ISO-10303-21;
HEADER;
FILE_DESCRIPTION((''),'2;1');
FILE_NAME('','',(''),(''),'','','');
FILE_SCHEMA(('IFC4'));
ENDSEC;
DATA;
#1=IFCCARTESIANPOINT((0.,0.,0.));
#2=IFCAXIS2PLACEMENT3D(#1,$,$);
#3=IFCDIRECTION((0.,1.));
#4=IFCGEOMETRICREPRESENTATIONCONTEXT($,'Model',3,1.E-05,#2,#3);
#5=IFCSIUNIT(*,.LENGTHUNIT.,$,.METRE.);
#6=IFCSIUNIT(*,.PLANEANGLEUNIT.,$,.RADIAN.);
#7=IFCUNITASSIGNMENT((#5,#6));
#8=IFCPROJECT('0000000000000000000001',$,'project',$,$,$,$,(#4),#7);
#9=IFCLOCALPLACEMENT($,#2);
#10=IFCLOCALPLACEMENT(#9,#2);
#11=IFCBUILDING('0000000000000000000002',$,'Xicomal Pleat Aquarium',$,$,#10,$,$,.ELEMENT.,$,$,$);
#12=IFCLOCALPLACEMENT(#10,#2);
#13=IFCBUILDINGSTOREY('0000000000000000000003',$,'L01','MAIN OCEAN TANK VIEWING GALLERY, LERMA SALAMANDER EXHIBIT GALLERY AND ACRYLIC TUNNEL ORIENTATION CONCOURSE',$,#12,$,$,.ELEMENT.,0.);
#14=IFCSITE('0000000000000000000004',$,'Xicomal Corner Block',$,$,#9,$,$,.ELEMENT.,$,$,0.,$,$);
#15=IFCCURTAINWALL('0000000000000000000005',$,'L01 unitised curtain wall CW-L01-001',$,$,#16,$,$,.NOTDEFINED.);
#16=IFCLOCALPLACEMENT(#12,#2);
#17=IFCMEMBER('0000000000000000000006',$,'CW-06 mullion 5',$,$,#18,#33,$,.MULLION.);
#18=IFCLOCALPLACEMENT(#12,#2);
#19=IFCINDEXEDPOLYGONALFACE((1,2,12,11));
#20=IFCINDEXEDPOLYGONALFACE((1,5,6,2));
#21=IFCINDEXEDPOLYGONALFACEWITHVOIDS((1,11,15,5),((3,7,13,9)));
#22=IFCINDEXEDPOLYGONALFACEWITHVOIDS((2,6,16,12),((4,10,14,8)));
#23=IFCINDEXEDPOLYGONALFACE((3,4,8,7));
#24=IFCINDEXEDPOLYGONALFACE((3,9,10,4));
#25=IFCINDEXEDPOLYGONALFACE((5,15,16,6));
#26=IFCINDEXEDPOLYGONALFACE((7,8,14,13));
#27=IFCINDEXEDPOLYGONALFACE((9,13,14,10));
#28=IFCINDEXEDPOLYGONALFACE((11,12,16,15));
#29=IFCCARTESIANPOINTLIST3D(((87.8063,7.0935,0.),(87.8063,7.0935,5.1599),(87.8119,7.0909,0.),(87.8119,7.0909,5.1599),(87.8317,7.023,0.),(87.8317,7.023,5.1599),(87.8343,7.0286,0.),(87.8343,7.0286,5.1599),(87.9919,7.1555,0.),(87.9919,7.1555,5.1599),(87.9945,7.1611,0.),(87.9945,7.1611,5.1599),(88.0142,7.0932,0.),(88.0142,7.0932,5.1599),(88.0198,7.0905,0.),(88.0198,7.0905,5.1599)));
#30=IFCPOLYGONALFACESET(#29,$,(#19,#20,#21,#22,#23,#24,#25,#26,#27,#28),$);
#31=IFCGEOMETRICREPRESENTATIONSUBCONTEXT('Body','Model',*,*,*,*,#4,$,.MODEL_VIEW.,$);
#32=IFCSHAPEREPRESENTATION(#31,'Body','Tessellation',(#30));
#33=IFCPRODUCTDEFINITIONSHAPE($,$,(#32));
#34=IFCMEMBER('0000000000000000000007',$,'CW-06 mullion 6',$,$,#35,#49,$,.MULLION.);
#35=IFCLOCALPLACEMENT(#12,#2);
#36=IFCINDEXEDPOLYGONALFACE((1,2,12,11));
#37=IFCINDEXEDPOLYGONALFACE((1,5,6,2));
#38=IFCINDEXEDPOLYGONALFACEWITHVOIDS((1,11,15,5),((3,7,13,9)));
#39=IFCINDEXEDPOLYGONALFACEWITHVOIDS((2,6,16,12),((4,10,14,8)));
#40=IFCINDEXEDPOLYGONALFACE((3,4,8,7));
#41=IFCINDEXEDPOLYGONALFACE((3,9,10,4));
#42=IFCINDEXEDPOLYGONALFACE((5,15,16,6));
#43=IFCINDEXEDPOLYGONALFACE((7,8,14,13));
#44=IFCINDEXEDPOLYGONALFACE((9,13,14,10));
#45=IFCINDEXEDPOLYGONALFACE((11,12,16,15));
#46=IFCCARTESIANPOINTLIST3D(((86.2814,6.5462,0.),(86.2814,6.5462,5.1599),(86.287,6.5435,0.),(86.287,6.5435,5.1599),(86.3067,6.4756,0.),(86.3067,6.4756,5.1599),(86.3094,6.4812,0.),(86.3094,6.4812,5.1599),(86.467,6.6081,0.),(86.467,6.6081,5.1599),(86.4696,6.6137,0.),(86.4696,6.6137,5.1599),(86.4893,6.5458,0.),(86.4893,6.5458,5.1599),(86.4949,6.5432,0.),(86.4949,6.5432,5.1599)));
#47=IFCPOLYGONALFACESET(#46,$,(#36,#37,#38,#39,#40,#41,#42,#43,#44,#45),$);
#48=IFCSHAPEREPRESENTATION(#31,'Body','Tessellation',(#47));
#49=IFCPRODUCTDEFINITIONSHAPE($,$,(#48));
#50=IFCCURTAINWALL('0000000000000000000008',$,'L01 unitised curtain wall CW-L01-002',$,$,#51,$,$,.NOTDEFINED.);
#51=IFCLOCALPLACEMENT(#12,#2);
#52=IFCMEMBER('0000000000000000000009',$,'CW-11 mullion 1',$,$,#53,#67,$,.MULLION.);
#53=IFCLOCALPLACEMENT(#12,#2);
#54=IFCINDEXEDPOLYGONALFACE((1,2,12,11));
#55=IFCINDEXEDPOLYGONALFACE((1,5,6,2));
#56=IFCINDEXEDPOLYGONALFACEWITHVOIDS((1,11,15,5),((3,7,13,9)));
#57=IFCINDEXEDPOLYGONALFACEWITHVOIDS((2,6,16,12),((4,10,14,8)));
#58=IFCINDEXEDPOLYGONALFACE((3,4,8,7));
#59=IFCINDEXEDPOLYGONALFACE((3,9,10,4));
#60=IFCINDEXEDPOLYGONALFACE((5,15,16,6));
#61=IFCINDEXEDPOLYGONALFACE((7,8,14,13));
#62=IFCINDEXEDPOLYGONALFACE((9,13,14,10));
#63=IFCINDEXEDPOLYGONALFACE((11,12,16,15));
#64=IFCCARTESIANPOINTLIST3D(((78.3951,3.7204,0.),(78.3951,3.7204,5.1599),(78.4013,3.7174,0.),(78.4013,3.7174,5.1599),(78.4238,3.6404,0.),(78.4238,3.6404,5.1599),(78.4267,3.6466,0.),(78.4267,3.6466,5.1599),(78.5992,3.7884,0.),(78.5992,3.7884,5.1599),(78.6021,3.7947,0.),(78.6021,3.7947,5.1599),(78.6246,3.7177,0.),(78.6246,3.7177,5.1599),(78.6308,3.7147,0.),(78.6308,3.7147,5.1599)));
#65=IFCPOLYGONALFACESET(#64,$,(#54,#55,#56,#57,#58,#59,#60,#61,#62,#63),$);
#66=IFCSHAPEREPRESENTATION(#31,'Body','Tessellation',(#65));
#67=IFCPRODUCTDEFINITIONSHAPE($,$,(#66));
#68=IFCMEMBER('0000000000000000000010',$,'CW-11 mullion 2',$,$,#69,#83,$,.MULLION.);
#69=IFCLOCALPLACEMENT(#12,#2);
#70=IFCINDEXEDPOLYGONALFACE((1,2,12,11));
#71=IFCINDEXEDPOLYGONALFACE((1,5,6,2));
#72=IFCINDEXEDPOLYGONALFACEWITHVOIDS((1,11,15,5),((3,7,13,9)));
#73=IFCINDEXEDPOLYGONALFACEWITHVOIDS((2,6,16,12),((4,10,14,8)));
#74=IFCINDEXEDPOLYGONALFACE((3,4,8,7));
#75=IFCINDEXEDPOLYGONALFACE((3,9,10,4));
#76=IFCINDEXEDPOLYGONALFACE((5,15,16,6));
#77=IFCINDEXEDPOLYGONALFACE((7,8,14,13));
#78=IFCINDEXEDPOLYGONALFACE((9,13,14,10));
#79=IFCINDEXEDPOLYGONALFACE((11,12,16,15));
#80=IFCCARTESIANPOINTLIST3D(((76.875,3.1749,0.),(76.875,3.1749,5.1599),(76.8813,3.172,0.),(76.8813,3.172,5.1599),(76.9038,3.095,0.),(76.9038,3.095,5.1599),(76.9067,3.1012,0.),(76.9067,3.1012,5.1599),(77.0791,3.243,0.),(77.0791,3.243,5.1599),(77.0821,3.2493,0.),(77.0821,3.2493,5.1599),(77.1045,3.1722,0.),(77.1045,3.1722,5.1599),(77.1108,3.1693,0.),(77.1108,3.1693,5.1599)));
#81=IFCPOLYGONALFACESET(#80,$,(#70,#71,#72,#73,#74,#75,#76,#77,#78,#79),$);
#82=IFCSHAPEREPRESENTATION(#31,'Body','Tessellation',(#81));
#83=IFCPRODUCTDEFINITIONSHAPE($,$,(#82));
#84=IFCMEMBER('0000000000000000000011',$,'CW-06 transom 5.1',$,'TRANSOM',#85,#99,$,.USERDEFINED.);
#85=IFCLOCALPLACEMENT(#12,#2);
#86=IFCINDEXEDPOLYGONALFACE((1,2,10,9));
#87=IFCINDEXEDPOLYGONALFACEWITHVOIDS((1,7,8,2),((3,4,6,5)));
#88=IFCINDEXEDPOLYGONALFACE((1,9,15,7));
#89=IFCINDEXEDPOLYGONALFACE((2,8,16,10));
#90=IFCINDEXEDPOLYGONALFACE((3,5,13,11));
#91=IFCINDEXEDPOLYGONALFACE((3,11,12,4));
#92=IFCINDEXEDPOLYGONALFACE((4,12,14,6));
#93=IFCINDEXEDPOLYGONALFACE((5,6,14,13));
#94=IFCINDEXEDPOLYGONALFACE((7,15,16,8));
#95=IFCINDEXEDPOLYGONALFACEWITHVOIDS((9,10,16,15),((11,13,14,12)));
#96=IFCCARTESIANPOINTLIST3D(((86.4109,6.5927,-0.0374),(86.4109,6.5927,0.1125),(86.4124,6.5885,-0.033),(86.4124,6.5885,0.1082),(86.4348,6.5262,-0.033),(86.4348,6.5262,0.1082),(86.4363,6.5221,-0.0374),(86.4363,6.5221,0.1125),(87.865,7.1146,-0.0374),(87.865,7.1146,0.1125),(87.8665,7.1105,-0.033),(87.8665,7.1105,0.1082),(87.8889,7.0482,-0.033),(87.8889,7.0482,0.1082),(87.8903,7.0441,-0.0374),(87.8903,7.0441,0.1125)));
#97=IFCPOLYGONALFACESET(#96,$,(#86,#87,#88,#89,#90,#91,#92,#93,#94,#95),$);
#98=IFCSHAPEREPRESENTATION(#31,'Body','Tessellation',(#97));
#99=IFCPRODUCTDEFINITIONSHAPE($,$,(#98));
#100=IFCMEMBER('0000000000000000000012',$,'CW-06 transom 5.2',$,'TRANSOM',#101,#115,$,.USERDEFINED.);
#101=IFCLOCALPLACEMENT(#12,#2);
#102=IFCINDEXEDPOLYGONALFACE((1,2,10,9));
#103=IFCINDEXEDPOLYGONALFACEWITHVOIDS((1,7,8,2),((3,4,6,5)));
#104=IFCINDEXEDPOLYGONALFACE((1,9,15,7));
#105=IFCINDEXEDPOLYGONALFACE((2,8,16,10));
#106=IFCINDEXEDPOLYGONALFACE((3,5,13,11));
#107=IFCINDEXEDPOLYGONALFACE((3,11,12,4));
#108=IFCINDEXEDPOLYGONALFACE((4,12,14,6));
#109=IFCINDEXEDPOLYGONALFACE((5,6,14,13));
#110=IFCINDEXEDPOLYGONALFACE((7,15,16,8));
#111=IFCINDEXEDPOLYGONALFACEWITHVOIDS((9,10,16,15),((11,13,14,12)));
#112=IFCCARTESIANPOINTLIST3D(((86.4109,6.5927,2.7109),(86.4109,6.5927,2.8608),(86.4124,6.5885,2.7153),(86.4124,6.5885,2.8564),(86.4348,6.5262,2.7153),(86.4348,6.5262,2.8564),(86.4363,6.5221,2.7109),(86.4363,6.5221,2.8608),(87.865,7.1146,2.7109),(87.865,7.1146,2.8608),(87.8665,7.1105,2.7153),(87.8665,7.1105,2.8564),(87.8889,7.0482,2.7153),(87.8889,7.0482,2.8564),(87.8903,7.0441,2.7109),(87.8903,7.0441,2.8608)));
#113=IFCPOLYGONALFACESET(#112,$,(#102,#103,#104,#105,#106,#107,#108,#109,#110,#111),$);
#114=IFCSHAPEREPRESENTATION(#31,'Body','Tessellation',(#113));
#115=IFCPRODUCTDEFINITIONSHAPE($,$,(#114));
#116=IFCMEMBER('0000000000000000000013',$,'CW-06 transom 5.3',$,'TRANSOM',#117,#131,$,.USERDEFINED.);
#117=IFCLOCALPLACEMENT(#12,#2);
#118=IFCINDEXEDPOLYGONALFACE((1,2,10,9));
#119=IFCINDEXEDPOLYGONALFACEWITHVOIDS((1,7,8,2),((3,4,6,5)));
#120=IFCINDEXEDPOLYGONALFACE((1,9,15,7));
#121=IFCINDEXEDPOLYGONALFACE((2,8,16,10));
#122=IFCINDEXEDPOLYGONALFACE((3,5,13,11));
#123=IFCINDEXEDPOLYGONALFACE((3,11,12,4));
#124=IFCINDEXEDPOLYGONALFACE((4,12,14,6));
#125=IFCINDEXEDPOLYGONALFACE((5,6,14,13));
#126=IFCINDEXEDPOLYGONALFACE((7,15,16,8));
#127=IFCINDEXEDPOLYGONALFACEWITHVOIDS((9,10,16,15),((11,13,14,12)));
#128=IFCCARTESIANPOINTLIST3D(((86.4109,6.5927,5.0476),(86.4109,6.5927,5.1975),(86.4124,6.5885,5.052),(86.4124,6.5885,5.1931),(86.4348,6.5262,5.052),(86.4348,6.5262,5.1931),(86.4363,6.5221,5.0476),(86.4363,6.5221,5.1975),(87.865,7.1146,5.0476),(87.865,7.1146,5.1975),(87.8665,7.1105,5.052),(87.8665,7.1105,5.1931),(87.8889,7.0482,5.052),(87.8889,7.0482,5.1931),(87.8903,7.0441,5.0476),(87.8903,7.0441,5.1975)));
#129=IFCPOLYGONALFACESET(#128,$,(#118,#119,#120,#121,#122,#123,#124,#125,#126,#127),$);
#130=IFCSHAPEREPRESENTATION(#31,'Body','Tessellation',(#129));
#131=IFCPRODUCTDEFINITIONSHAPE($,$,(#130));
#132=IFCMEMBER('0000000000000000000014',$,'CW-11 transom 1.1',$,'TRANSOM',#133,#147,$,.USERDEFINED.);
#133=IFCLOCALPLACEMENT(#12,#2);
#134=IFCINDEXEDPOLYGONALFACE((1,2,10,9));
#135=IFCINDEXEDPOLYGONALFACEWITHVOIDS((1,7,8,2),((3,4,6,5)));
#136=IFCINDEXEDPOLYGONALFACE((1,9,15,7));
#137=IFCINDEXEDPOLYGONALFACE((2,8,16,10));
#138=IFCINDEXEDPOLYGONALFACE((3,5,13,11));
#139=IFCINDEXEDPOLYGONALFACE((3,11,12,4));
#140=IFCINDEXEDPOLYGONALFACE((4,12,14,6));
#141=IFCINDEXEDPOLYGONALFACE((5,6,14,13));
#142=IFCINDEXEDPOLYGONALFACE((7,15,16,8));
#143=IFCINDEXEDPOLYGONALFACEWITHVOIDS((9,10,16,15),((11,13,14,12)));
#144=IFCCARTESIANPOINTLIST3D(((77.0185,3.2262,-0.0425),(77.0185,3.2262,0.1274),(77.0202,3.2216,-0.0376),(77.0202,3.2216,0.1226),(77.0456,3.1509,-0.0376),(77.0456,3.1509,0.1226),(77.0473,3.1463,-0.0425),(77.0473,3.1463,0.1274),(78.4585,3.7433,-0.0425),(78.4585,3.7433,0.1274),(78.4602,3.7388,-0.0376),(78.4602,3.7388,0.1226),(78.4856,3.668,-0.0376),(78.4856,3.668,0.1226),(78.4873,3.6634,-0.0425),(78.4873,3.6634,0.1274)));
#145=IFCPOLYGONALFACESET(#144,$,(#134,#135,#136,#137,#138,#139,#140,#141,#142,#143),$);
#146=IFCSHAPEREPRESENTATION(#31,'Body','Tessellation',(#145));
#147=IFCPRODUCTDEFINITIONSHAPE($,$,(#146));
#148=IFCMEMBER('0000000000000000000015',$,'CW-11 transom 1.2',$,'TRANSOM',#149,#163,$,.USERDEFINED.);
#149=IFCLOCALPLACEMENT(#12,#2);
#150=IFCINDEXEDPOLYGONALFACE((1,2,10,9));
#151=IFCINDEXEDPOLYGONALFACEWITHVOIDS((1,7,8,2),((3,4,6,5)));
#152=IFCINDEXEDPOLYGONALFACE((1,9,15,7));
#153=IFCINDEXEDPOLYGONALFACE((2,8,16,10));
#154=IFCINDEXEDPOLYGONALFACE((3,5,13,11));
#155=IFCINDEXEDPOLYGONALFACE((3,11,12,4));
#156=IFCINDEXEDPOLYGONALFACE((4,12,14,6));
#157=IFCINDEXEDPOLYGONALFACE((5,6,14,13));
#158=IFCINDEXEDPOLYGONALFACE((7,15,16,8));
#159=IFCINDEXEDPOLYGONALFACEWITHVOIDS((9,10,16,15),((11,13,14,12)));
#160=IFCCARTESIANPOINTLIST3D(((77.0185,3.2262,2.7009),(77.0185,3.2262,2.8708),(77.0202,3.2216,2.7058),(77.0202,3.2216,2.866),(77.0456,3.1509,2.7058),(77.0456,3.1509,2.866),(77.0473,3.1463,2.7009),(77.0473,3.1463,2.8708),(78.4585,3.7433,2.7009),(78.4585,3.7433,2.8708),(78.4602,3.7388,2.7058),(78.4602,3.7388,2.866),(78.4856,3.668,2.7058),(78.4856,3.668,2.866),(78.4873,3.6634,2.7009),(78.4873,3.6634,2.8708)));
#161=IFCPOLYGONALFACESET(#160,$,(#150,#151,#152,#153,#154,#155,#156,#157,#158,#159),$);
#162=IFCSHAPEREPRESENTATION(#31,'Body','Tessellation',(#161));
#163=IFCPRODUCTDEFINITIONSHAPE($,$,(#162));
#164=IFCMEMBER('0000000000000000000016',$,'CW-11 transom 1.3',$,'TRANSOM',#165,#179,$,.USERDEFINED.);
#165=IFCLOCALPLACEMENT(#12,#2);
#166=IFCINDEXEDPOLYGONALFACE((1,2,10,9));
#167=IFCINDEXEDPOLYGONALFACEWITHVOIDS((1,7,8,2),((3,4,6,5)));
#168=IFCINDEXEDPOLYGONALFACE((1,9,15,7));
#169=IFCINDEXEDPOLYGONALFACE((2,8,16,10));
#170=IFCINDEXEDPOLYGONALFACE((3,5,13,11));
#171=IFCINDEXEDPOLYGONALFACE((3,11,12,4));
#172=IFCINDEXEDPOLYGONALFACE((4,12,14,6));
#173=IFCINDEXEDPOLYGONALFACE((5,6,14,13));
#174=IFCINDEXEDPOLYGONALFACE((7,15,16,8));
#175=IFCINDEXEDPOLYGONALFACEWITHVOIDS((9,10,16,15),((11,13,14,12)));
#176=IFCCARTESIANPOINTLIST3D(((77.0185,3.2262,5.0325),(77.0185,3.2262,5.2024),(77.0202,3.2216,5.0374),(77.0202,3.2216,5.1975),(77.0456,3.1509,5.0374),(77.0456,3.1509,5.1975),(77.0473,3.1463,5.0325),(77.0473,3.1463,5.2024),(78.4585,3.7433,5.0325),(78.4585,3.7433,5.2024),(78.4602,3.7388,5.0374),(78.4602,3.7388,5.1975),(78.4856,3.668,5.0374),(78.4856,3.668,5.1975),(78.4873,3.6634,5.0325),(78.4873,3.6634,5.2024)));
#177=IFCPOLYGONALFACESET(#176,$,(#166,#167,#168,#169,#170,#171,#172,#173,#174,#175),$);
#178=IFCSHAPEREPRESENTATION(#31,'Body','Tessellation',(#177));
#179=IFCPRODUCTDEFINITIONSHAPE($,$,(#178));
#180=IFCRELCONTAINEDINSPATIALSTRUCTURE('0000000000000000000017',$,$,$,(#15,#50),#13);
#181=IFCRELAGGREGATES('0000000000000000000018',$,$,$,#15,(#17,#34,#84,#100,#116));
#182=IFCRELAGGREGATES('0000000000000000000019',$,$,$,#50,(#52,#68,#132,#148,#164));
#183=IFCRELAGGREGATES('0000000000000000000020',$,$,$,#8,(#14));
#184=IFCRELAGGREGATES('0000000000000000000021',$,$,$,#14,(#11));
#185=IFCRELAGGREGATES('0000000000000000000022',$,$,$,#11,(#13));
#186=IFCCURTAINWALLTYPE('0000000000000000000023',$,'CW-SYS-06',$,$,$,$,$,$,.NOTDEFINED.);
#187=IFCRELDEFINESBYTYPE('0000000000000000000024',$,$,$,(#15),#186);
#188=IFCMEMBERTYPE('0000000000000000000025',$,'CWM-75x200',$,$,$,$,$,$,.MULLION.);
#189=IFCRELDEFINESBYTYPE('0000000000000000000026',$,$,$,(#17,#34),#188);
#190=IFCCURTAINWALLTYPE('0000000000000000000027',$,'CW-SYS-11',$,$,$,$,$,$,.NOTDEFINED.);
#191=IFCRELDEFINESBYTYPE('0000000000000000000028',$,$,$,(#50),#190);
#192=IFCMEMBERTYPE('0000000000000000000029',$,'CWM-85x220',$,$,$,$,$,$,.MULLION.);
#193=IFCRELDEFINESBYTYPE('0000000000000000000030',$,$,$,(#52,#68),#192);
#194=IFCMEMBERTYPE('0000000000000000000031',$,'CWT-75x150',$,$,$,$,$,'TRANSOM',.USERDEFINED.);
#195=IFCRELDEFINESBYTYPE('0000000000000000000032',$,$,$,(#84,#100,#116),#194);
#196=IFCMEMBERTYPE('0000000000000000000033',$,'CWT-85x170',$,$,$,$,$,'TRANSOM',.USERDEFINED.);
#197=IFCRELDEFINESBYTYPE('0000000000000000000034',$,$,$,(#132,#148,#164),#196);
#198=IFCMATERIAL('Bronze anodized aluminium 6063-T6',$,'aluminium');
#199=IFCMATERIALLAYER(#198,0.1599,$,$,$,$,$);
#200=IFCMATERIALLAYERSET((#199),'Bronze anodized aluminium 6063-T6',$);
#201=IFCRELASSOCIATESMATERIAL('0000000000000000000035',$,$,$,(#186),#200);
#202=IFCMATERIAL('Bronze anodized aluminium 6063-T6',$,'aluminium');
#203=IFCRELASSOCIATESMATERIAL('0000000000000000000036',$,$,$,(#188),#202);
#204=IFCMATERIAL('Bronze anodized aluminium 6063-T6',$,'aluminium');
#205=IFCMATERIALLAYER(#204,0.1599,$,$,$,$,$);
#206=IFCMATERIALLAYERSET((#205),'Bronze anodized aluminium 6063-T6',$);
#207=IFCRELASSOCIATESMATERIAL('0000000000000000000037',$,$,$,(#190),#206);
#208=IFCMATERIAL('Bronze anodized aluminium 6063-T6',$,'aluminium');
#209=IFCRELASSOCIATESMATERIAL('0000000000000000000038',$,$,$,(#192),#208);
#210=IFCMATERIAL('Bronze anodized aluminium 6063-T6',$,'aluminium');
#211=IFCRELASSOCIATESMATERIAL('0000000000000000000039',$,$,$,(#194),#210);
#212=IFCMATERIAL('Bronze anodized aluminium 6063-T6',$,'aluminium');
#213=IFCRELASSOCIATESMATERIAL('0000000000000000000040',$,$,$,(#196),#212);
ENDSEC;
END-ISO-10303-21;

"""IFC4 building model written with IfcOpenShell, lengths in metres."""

from ifc_helpers import new_model, si_unit, direction, frame, origin, origin_2d, place, context, subcontext, project, spatial, hollow_rectangle, extrude, material, layer, layer_set, material_profile, profile_set, type_object, element, aggregate, save


model = new_model("IFC4")

# Units and contexts
model_context = context("Model", 3, precision=1e-05, world=origin(), true_north=direction((0.0, 1.0)))
body_context = subcontext(model_context, "Body", "Model", "MODEL_VIEW")
ifc_project = project(units=[si_unit("LENGTHUNIT", "METRE"), si_unit("PLANEANGLEUNIT", "RADIAN")], contexts=[model_context])

# Site, building, storey
site_placement = place(None, origin())
site = spatial("IfcSite", under=ifc_project, at=site_placement, Name="Xicomal Corner Block", CompositionType="ELEMENT", RefElevation=0.0)
building_placement = place(site_placement, origin())
building = spatial("IfcBuilding", under=site, at=building_placement, Name="Xicomal Pleat Aquarium", CompositionType="ELEMENT")
storey_placement = place(building_placement, origin())
storey = spatial("IfcBuildingStorey", under=building, at=storey_placement, Name="L01", Description="MAIN OCEAN TANK VIEWING GALLERY, LERMA SALAMANDER EXHIBIT GALLERY AND ACRYLIC TUNNEL ORIENTATION CONCOURSE", CompositionType="ELEMENT", Elevation=0.0)

# Curtain walls, members
ifc_material_1 = material(Name="Bronze anodized aluminium 6063-T6", Category="aluminium")
ifc_layer_1 = layer(ifc_material_1, 0.1599)
ifc_layer_set_1 = layer_set([ifc_layer_1], Name="Bronze anodized aluminium 6063-T6")
curtain_wall_type_1 = type_object("IfcCurtainWallType", Name="CW-SYS-06", PredefinedType="NOTDEFINED", material=ifc_layer_set_1)
curtain_wall_1_placement = place(storey_placement, origin())
curtain_wall_1 = element("IfcCurtainWall", 1, at=curtain_wall_1_placement, inside=storey, type_object=curtain_wall_type_1, Name="L01 unitised curtain wall CW-L01-001", PredefinedType="NOTDEFINED")
ifc_material_2 = material(Name="Bronze anodized aluminium 6063-T6", Category="aluminium")
ifc_material_profile_1 = material_profile(ifc_material_2, hollow_rectangle(XDim=0.075, YDim=0.2, WallThickness=0.0044, at=origin_2d()), Name="ALU MULL 75x200")
ifc_profile_set_1 = profile_set([ifc_material_profile_1], Name="Bronze anodized aluminium 6063-T6")
member_type_1 = type_object("IfcMemberType", Name="CWM-75x200", PredefinedType="MULLION", material=ifc_profile_set_1)
member_1_placement = place(storey_placement, frame((87.9131, 7.092, 0.0), z_axis=(0.0, 0.0, 1.0), x_axis=(0.337865, -0.941195, 0.0)))
member_1 = element("IfcMember", 2, at=member_1_placement, type_object=member_type_1, Name="CW-06 mullion 5", PredefinedType="MULLION", context=body_context, shape_type="SweptSolid", body=[
    extrude(hollow_rectangle(XDim=0.075, YDim=0.2, WallThickness=0.0044, at=origin_2d()), origin(), (0.0, 0.0, 1.0), 5.1599),
])
member_2_placement = place(storey_placement, frame((86.3882, 6.5447, 0.0), z_axis=(0.0, 0.0, 1.0), x_axis=(0.337865, -0.941195, 0.0)))
member_2 = element("IfcMember", 3, at=member_2_placement, type_object=member_type_1, Name="CW-06 mullion 6", PredefinedType="MULLION", context=body_context, shape_type="SweptSolid", body=[
    extrude(hollow_rectangle(XDim=0.075, YDim=0.2, WallThickness=0.0044, at=origin_2d()), origin(), (0.0, 0.0, 1.0), 5.1599),
])
ifc_material_3 = material(Name="Bronze anodized aluminium 6063-T6", Category="aluminium")
ifc_layer_2 = layer(ifc_material_3, 0.1599)
ifc_layer_set_2 = layer_set([ifc_layer_2], Name="Bronze anodized aluminium 6063-T6")
curtain_wall_type_2 = type_object("IfcCurtainWallType", Name="CW-SYS-11", PredefinedType="NOTDEFINED", material=ifc_layer_set_2)
curtain_wall_2_placement = place(storey_placement, origin())
curtain_wall_2 = element("IfcCurtainWall", 4, at=curtain_wall_2_placement, inside=storey, type_object=curtain_wall_type_2, Name="L01 unitised curtain wall CW-L01-002", PredefinedType="NOTDEFINED")
ifc_material_4 = material(Name="Bronze anodized aluminium 6063-T6", Category="aluminium")
ifc_material_profile_2 = material_profile(ifc_material_4, hollow_rectangle(XDim=0.085, YDim=0.22, WallThickness=0.0049, at=origin_2d()), Name="ALU MULL 85x220")
ifc_profile_set_2 = profile_set([ifc_material_profile_2], Name="Bronze anodized aluminium 6063-T6")
member_type_2 = type_object("IfcMemberType", Name="CWM-85x220", PredefinedType="MULLION", material=ifc_profile_set_2)
member_3_placement = place(storey_placement, frame((78.5129, 3.7175, 0.0), z_axis=(0.0, 0.0, 1.0), x_axis=(0.337865, -0.941195, 0.0)))
member_3 = element("IfcMember", 5, at=member_3_placement, type_object=member_type_2, Name="CW-11 mullion 1", PredefinedType="MULLION", context=body_context, shape_type="SweptSolid", body=[
    extrude(hollow_rectangle(XDim=0.085, YDim=0.22, WallThickness=0.0049, at=origin_2d()), origin(), (0.0, 0.0, 1.0), 5.1599),
])
member_4_placement = place(storey_placement, frame((76.9929, 3.1721, 0.0), z_axis=(0.0, 0.0, 1.0), x_axis=(0.337865, -0.941195, 0.0)))
member_4 = element("IfcMember", 6, at=member_4_placement, type_object=member_type_2, Name="CW-11 mullion 2", PredefinedType="MULLION", context=body_context, shape_type="SweptSolid", body=[
    extrude(hollow_rectangle(XDim=0.085, YDim=0.22, WallThickness=0.0049, at=origin_2d()), origin(), (0.0, 0.0, 1.0), 5.1599),
])

# Members
ifc_material_5 = material(Name="Bronze anodized aluminium 6063-T6", Category="aluminium")
ifc_material_profile_3 = material_profile(ifc_material_5, hollow_rectangle(XDim=0.075, YDim=0.1499, WallThickness=0.0044, at=origin_2d()), Name="ALU TRAN 75x150")
ifc_profile_set_3 = profile_set([ifc_material_profile_3], Name="Bronze anodized aluminium 6063-T6")
member_type_3 = type_object("IfcMemberType", Name="CWT-75x150", ElementType="TRANSOM", PredefinedType="USERDEFINED", material=ifc_profile_set_3)
member_5_placement = place(storey_placement, frame((87.8777, 7.0793, 0.0376), z_axis=(-0.941197, -0.337858, 0.0), x_axis=(0.337858, -0.941197, 0.0)))
member_5 = element("IfcMember", 7, at=member_5_placement, type_object=member_type_3, Name="CW-06 transom 5.1", ObjectType="TRANSOM", PredefinedType="USERDEFINED", context=body_context, shape_type="SweptSolid", body=[
    extrude(hollow_rectangle(XDim=0.075, YDim=0.1499, WallThickness=0.0044, at=origin_2d()), origin(), (0.0, 0.0, 1.0), 1.5449),
])
member_6_placement = place(storey_placement, frame((87.8777, 7.0793, 2.7859), z_axis=(-0.941197, -0.337858, 0.0), x_axis=(0.337858, -0.941197, 0.0)))
member_6 = element("IfcMember", 8, at=member_6_placement, type_object=member_type_3, Name="CW-06 transom 5.2", ObjectType="TRANSOM", PredefinedType="USERDEFINED", context=body_context, shape_type="SweptSolid", body=[
    extrude(hollow_rectangle(XDim=0.075, YDim=0.1499, WallThickness=0.0044, at=origin_2d()), origin(), (0.0, 0.0, 1.0), 1.5449),
])
member_7_placement = place(storey_placement, frame((87.8777, 7.0793, 5.1226), z_axis=(-0.941197, -0.337858, 0.0), x_axis=(0.337858, -0.941197, 0.0)))
member_7 = element("IfcMember", 9, at=member_7_placement, type_object=member_type_3, Name="CW-06 transom 5.3", ObjectType="TRANSOM", PredefinedType="USERDEFINED", context=body_context, shape_type="SweptSolid", body=[
    extrude(hollow_rectangle(XDim=0.075, YDim=0.1499, WallThickness=0.0044, at=origin_2d()), origin(), (0.0, 0.0, 1.0), 1.5449),
])
ifc_material_6 = material(Name="Bronze anodized aluminium 6063-T6", Category="aluminium")
ifc_material_profile_4 = material_profile(ifc_material_6, hollow_rectangle(XDim=0.085, YDim=0.1699, WallThickness=0.0049, at=origin_2d()), Name="ALU TRAN 85x170")
ifc_profile_set_4 = profile_set([ifc_material_profile_4], Name="Bronze anodized aluminium 6063-T6")
member_type_4 = type_object("IfcMemberType", Name="CWT-85x170", ElementType="TRANSOM", PredefinedType="USERDEFINED", material=ifc_profile_set_4)
member_8_placement = place(storey_placement, frame((78.4729, 3.7034, 0.0425), z_axis=(-0.941156, -0.337973, 0.0), x_axis=(0.337973, -0.941156, 0.0)))
member_8 = element("IfcMember", 10, at=member_8_placement, type_object=member_type_4, Name="CW-11 transom 1.1", ObjectType="TRANSOM", PredefinedType="USERDEFINED", context=body_context, shape_type="SweptSolid", body=[
    extrude(hollow_rectangle(XDim=0.085, YDim=0.1699, WallThickness=0.0049, at=origin_2d()), origin(), (0.0, 0.0, 1.0), 1.53),
])
member_9_placement = place(storey_placement, frame((78.4729, 3.7034, 2.7859), z_axis=(-0.941156, -0.337973, 0.0), x_axis=(0.337973, -0.941156, 0.0)))
member_9 = element("IfcMember", 11, at=member_9_placement, type_object=member_type_4, Name="CW-11 transom 1.2", ObjectType="TRANSOM", PredefinedType="USERDEFINED", context=body_context, shape_type="SweptSolid", body=[
    extrude(hollow_rectangle(XDim=0.085, YDim=0.1699, WallThickness=0.0049, at=origin_2d()), origin(), (0.0, 0.0, 1.0), 1.53),
])
member_10_placement = place(storey_placement, frame((78.4729, 3.7034, 5.1174), z_axis=(-0.941156, -0.337973, 0.0), x_axis=(0.337973, -0.941156, 0.0)))
member_10 = element("IfcMember", 12, at=member_10_placement, type_object=member_type_4, Name="CW-11 transom 1.3", ObjectType="TRANSOM", PredefinedType="USERDEFINED", context=body_context, shape_type="SweptSolid", body=[
    extrude(hollow_rectangle(XDim=0.085, YDim=0.1699, WallThickness=0.0049, at=origin_2d()), origin(), (0.0, 0.0, 1.0), 1.53),
])

aggregate(curtain_wall_1, [member_1, member_2, member_5, member_6, member_7])
aggregate(curtain_wall_2, [member_3, member_4, member_8, member_9, member_10])

save(model, "model.ifc")
